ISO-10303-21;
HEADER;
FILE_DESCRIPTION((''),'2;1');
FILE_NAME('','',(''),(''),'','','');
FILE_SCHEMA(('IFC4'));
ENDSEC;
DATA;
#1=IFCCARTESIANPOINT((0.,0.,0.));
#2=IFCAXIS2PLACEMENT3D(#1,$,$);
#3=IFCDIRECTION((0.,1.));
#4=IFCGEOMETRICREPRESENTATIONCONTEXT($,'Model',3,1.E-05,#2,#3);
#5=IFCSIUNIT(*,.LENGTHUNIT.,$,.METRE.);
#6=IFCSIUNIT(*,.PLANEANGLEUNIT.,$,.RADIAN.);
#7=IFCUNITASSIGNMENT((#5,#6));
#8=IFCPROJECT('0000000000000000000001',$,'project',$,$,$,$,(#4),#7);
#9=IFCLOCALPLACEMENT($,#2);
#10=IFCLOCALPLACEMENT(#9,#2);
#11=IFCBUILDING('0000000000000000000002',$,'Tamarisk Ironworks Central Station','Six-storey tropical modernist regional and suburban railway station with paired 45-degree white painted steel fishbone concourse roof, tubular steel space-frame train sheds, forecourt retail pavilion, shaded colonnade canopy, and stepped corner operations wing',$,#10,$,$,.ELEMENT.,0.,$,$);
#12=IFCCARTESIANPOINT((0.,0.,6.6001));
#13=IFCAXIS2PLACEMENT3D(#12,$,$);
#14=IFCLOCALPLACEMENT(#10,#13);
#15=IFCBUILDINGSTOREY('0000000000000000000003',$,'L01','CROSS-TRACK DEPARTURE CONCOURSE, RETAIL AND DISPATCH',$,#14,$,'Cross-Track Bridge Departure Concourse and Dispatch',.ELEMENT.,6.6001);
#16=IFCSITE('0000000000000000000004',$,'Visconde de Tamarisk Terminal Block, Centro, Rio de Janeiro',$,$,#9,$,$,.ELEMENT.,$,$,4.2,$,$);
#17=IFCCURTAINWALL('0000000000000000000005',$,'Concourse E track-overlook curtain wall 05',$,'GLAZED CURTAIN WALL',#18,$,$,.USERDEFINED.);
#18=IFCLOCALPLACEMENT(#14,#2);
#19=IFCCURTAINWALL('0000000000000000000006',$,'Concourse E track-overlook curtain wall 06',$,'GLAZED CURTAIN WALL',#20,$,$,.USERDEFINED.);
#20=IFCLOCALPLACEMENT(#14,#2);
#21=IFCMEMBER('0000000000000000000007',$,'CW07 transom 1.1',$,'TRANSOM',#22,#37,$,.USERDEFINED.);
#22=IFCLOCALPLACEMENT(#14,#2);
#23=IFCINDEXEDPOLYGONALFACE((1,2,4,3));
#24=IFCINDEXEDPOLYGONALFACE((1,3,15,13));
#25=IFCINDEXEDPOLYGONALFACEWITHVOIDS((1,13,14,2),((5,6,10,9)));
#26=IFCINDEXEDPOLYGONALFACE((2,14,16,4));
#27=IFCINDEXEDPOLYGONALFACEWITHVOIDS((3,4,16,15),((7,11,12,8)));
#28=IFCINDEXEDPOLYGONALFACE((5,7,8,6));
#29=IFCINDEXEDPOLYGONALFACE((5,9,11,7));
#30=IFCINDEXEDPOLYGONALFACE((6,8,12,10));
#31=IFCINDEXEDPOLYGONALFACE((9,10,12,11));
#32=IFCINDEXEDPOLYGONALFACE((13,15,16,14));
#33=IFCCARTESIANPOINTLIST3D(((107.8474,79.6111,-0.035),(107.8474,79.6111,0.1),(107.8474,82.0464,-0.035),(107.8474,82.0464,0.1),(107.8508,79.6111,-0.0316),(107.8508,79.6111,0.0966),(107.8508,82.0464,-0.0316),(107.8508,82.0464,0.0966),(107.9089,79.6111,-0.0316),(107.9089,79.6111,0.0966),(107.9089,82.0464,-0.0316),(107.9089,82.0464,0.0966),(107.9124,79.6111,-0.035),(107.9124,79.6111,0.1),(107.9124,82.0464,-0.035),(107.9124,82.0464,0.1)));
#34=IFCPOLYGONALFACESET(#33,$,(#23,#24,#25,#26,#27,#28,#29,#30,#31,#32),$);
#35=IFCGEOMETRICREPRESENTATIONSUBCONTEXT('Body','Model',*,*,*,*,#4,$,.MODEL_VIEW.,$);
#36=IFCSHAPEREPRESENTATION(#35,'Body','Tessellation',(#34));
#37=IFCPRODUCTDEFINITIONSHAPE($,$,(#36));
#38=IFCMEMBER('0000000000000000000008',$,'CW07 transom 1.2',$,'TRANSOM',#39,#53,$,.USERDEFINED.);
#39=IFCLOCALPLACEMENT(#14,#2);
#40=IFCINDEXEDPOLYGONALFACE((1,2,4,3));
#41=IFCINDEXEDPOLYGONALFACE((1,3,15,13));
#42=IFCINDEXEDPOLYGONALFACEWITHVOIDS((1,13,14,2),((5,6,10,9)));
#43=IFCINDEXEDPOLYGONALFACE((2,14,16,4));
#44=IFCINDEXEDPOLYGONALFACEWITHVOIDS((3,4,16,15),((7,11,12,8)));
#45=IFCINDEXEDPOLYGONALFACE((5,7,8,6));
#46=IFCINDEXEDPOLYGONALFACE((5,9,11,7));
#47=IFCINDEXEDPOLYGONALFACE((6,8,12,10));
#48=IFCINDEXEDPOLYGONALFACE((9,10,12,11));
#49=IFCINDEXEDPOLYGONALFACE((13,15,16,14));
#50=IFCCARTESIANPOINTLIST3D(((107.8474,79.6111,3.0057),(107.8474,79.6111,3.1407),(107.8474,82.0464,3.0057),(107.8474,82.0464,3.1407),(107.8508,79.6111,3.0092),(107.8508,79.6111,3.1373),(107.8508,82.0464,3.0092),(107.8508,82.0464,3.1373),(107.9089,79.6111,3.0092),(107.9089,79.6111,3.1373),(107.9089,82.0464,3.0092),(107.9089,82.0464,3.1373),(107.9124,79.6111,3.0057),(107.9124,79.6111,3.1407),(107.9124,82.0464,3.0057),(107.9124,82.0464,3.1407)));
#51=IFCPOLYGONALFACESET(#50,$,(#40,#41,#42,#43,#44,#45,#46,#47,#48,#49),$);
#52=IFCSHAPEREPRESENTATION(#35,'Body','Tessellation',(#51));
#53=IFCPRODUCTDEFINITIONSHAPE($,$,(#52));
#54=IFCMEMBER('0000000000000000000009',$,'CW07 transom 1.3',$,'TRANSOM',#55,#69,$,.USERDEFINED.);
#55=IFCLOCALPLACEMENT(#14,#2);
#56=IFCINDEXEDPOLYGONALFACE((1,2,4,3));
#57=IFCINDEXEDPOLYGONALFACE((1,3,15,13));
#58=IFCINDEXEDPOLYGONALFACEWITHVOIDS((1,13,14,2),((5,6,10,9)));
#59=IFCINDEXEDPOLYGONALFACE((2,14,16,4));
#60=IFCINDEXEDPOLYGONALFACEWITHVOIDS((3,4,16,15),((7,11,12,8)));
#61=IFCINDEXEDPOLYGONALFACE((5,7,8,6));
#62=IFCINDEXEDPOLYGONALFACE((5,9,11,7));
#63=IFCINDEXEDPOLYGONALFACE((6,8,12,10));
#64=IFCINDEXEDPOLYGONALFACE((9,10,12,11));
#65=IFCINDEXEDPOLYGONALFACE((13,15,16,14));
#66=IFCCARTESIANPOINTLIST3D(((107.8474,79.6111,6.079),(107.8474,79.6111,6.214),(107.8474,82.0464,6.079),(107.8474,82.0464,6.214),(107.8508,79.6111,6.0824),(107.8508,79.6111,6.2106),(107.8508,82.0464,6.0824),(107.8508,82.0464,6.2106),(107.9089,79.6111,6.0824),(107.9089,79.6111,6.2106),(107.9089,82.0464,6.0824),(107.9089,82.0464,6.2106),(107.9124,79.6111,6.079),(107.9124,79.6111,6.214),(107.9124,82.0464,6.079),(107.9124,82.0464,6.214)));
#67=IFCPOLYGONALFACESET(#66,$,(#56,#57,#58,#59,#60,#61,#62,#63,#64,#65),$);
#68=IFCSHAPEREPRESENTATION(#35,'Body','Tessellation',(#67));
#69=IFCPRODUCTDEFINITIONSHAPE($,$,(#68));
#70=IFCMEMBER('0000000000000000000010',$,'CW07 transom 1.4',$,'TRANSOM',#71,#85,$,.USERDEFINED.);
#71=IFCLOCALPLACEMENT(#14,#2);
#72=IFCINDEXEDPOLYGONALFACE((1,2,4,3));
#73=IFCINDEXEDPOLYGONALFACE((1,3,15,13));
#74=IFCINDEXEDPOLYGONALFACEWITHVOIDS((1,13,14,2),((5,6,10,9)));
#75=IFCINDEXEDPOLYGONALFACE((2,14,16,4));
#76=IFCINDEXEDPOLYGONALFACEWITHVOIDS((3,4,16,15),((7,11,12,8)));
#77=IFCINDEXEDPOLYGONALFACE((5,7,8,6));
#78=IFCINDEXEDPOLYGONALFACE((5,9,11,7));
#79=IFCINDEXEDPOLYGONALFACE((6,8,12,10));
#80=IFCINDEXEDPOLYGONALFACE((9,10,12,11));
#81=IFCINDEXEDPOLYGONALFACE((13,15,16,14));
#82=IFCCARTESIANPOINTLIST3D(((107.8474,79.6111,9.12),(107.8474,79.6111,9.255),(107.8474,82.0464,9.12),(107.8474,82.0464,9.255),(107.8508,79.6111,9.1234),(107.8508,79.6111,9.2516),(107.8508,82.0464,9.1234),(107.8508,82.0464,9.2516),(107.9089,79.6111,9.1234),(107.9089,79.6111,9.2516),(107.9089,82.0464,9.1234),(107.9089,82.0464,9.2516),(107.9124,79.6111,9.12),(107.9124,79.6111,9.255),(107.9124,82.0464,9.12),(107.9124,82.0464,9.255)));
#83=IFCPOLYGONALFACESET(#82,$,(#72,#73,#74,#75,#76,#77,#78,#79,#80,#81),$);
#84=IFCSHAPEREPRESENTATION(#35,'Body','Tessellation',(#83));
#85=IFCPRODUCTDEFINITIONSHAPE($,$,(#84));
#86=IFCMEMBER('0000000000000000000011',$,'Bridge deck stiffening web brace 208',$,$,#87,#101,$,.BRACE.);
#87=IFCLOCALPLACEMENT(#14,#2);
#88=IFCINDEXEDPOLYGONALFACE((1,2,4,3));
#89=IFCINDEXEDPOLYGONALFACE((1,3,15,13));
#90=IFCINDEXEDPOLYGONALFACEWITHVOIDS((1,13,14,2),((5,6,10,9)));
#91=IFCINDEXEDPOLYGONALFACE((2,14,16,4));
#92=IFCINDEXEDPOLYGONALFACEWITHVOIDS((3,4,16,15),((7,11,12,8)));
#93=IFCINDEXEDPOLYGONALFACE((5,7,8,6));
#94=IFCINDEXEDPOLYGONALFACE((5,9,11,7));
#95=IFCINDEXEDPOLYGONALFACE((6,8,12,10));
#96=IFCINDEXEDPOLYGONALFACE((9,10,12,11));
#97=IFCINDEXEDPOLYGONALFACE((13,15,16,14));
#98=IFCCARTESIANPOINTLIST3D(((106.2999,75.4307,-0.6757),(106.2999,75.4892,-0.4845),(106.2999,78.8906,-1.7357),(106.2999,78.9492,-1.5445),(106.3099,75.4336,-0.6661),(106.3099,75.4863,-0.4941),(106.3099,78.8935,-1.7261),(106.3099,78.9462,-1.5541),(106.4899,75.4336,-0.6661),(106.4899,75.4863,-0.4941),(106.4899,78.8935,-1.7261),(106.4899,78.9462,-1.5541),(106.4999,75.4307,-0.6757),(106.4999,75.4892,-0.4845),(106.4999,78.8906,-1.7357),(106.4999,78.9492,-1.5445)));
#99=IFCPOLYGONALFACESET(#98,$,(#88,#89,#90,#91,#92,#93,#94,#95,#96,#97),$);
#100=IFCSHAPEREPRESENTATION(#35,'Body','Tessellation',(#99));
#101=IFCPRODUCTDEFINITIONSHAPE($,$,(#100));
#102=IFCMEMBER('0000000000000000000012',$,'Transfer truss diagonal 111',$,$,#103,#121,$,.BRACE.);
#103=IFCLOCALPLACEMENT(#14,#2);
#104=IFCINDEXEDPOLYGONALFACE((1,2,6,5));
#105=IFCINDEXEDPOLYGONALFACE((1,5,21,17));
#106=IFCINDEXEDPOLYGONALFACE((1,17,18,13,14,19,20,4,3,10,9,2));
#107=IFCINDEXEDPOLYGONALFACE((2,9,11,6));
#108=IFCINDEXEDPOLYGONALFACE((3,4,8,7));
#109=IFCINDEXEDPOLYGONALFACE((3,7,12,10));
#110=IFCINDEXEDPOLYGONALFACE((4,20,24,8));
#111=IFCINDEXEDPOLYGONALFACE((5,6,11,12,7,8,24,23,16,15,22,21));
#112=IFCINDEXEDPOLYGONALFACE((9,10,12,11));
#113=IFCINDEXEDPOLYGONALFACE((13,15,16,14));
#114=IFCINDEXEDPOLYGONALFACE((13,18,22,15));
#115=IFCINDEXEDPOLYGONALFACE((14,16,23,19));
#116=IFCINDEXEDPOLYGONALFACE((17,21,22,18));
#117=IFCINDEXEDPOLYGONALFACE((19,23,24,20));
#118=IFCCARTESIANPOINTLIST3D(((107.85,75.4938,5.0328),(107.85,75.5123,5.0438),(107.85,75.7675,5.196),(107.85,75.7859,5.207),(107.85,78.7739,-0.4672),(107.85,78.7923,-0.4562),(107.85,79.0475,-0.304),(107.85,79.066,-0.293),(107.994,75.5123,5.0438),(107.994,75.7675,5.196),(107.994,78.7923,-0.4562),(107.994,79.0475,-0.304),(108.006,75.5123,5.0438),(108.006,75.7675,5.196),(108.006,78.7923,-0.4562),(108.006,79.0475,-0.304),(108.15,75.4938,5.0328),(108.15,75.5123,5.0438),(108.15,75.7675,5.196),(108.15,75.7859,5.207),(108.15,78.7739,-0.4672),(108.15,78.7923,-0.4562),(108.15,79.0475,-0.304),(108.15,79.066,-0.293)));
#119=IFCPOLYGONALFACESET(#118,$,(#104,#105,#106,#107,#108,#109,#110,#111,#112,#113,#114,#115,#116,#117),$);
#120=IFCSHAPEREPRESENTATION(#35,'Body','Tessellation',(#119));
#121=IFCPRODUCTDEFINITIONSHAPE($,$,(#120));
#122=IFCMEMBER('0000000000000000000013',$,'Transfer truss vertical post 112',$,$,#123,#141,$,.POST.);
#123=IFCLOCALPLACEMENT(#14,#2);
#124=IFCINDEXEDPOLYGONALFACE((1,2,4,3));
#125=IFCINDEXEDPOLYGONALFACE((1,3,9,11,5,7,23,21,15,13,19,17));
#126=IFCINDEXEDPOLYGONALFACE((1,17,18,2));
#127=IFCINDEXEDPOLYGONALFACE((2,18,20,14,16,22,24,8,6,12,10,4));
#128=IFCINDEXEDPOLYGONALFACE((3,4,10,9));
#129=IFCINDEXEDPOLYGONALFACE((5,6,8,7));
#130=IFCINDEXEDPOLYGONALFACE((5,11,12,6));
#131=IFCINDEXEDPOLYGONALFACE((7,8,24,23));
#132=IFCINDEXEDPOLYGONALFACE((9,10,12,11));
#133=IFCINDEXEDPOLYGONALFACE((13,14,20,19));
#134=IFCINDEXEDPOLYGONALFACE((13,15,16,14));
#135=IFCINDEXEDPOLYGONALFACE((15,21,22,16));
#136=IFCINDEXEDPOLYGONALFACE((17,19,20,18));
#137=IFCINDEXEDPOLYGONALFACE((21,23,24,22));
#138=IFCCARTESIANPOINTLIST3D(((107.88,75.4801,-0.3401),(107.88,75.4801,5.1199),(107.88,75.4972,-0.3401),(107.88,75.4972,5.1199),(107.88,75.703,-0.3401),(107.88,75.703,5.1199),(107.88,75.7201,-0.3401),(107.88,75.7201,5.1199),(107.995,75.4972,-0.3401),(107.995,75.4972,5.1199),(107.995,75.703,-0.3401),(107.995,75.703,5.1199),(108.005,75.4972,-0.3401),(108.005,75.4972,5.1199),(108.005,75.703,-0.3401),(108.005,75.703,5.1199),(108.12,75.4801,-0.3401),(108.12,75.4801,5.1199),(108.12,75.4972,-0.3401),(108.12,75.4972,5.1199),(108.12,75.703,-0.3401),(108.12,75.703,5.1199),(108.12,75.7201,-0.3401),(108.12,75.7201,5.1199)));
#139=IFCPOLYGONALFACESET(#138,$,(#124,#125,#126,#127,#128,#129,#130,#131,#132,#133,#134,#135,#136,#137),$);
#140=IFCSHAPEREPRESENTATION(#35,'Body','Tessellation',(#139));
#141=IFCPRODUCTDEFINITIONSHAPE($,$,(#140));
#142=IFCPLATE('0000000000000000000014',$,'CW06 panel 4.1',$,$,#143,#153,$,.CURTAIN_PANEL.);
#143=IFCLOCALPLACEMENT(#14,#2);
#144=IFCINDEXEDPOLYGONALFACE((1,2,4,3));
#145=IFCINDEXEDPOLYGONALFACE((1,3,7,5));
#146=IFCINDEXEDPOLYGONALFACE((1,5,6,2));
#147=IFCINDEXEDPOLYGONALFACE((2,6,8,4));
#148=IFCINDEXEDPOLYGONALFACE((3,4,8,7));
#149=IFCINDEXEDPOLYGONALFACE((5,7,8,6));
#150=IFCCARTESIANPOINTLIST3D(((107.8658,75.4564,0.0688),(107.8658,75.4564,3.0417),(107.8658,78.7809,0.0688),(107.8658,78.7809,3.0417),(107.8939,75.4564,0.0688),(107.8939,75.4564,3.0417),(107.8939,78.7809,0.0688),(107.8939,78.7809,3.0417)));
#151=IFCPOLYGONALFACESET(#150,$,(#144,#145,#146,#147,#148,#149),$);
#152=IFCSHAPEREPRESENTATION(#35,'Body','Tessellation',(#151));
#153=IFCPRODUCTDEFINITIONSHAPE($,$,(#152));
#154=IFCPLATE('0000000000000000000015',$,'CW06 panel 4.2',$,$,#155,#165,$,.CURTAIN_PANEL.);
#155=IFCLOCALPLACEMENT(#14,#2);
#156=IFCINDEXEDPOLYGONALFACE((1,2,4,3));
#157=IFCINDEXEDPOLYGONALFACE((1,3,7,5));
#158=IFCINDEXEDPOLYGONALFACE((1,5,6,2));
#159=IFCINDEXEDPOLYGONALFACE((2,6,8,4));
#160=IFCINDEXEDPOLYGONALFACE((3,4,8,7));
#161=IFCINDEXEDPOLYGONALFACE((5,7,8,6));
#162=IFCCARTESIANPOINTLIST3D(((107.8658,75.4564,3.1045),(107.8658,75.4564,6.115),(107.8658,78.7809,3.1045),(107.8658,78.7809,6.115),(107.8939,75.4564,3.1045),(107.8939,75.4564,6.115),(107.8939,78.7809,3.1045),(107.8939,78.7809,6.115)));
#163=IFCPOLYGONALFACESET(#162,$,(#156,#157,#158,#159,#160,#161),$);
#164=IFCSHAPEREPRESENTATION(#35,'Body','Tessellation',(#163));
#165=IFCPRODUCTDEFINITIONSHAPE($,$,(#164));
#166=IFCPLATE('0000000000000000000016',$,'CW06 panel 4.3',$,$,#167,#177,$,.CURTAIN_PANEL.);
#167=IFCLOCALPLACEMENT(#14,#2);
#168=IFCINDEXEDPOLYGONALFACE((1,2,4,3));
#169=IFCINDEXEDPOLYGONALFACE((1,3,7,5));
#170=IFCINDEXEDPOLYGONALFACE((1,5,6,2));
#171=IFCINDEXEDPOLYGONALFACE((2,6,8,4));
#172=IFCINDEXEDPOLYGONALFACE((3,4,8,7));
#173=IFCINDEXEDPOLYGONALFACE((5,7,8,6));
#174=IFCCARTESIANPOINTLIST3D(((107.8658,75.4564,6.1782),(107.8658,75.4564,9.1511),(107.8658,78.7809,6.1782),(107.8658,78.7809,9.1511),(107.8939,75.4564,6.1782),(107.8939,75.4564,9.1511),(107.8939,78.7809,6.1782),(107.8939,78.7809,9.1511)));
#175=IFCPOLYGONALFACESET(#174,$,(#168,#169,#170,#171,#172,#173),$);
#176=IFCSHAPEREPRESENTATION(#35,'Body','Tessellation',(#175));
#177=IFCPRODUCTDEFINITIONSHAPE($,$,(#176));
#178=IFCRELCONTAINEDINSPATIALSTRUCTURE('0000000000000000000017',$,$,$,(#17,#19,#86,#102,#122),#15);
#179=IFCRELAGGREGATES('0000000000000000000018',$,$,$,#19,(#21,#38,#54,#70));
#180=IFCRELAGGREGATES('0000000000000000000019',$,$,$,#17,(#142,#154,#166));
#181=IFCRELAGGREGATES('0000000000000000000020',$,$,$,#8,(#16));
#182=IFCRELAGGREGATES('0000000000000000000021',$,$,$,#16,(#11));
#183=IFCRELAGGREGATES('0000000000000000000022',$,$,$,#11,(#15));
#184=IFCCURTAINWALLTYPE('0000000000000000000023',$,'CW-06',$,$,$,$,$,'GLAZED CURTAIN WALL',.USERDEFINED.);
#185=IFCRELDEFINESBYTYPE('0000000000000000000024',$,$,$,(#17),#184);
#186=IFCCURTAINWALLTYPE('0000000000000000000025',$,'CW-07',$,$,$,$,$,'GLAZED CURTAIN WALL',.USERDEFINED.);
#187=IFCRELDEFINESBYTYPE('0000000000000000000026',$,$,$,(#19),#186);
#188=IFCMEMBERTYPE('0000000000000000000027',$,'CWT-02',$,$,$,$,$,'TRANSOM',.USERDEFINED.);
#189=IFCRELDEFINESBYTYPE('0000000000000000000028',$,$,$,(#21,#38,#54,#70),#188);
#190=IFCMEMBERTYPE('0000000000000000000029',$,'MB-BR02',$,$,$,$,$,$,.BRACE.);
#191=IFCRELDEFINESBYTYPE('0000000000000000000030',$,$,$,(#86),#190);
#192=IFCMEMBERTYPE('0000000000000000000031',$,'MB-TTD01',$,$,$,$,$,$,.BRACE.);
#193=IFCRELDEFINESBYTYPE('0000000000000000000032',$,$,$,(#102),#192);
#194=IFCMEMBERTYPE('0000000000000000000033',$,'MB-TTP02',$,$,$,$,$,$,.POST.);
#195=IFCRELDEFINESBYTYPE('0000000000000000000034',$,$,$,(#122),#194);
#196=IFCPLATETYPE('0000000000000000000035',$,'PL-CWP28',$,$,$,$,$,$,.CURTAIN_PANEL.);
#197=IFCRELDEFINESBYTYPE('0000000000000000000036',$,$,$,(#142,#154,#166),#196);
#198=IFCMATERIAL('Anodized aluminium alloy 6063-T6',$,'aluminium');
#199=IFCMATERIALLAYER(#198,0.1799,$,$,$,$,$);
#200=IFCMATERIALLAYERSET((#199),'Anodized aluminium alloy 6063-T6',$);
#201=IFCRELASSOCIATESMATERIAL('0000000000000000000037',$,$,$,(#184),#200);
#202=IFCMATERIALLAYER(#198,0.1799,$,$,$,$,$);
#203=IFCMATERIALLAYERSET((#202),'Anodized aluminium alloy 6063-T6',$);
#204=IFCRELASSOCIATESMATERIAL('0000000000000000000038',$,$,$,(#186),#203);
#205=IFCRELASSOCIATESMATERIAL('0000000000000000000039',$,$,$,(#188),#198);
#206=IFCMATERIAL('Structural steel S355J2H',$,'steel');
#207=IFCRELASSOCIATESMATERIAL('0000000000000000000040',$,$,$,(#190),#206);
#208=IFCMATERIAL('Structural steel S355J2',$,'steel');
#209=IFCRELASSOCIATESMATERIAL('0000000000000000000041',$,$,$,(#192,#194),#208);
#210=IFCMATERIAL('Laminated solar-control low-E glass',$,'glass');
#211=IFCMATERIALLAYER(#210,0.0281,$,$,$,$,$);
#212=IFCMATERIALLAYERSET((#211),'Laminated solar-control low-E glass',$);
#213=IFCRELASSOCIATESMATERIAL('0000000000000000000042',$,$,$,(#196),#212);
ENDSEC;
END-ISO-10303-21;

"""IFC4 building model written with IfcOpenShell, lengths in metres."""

from ifc_helpers import new_model, si_unit, direction, frame, origin, origin_2d, place, context, subcontext, project, spatial, rectangle, hollow_rectangle, i_section, extrude, material, layer, layer_set, material_profile, profile_set, type_object, element, aggregate, save


model = new_model("IFC4")

# Units and contexts
model_context = context("Model", 3, precision=1e-05, world=origin(), true_north=direction((0.0, 1.0)))
body_context = subcontext(model_context, "Body", "Model", "MODEL_VIEW")
ifc_project = project(units=[si_unit("LENGTHUNIT", "METRE"), si_unit("PLANEANGLEUNIT", "RADIAN")], contexts=[model_context])

# Site, building, storey
site_placement = place(None, origin())
site = spatial("IfcSite", under=ifc_project, at=site_placement, Name="Visconde de Tamarisk Terminal Block, Centro, Rio de Janeiro", CompositionType="ELEMENT", RefElevation=4.2)
building_placement = place(site_placement, origin())
building = spatial("IfcBuilding", under=site, at=building_placement, Name="Tamarisk Ironworks Central Station", Description="Six-storey tropical modernist regional and suburban railway station with paired 45-degree white painted steel fishbone concourse roof, tubular steel space-frame train sheds, forecourt retail pavilion, shaded colonnade canopy, and stepped corner operations wing", CompositionType="ELEMENT", ElevationOfRefHeight=0.0)
storey_placement = place(building_placement, frame((0.0, 0.0, 6.6001)))
storey = spatial("IfcBuildingStorey", under=building, at=storey_placement, Name="L01", Description="CROSS-TRACK DEPARTURE CONCOURSE, RETAIL AND DISPATCH", LongName="Cross-Track Bridge Departure Concourse and Dispatch", CompositionType="ELEMENT", Elevation=6.6001)

# Shared definitions
ifc_material_1 = material(Name="Structural steel S355J2", Category="steel")

# Curtain wall
ifc_material_2 = material(Name="Anodized aluminium alloy 6063-T6", Category="aluminium")
ifc_layer_1 = layer(ifc_material_2, 0.1799)
ifc_layer_set_1 = layer_set([ifc_layer_1], Name="Anodized aluminium alloy 6063-T6")
curtain_wall_type_1 = type_object("IfcCurtainWallType", Name="CW-06", ElementType="GLAZED CURTAIN WALL", PredefinedType="USERDEFINED", material=ifc_layer_set_1)
curtain_wall_1_placement = place(storey_placement, origin())
curtain_wall_1 = element("IfcCurtainWall", 1, at=curtain_wall_1_placement, inside=storey, type_object=curtain_wall_type_1, Name="Concourse E track-overlook curtain wall 05", ObjectType="GLAZED CURTAIN WALL", PredefinedType="USERDEFINED")

# Curtain wall
ifc_layer_2 = layer(ifc_material_2, 0.1799)
ifc_layer_set_2 = layer_set([ifc_layer_2], Name="Anodized aluminium alloy 6063-T6")
curtain_wall_type_2 = type_object("IfcCurtainWallType", Name="CW-07", ElementType="GLAZED CURTAIN WALL", PredefinedType="USERDEFINED", material=ifc_layer_set_2)
curtain_wall_2_placement = place(storey_placement, origin())
curtain_wall_2 = element("IfcCurtainWall", 2, at=curtain_wall_2_placement, inside=storey, type_object=curtain_wall_type_2, Name="Concourse E track-overlook curtain wall 06", ObjectType="GLAZED CURTAIN WALL", PredefinedType="USERDEFINED")

# Members
ifc_material_profile_1 = material_profile(ifc_material_2, hollow_rectangle(XDim=0.0649, YDim=0.135, WallThickness=0.0034, at=origin_2d()), Name="ALUM 135x65")
ifc_profile_set_1 = profile_set([ifc_material_profile_1], Name="Anodized aluminium alloy 6063-T6")
member_type_1 = type_object("IfcMemberType", Name="CWT-02", ElementType="TRANSOM", PredefinedType="USERDEFINED", material=ifc_profile_set_1)
member_1_placement = place(storey_placement, frame((107.8799, 79.6111, 0.0325), z_axis=(0.0, 1.0, 0.0), x_axis=(-1.0, 0.0, 0.0)))
member_1 = element("IfcMember", 3, at=member_1_placement, type_object=member_type_1, Name="CW07 transom 1.1", ObjectType="TRANSOM", PredefinedType="USERDEFINED", context=body_context, shape_type="SweptSolid", body=[
    extrude(hollow_rectangle(XDim=0.0649, YDim=0.135, WallThickness=0.0034, at=origin_2d()), origin(), (0.0, 0.0, 1.0), 2.4353),
])
member_2_placement = place(storey_placement, frame((107.8799, 79.6111, 3.0732), z_axis=(0.0, 1.0, 0.0), x_axis=(-1.0, 0.0, 0.0)))
member_2 = element("IfcMember", 4, at=member_2_placement, type_object=member_type_1, Name="CW07 transom 1.2", ObjectType="TRANSOM", PredefinedType="USERDEFINED", context=body_context, shape_type="SweptSolid", body=[
    extrude(hollow_rectangle(XDim=0.0649, YDim=0.135, WallThickness=0.0034, at=origin_2d()), origin(), (0.0, 0.0, 1.0), 2.4353),
])
member_3_placement = place(storey_placement, frame((107.8799, 79.6111, 6.1465), z_axis=(0.0, 1.0, 0.0), x_axis=(-1.0, 0.0, 0.0)))
member_3 = element("IfcMember", 5, at=member_3_placement, type_object=member_type_1, Name="CW07 transom 1.3", ObjectType="TRANSOM", PredefinedType="USERDEFINED", context=body_context, shape_type="SweptSolid", body=[
    extrude(hollow_rectangle(XDim=0.0649, YDim=0.135, WallThickness=0.0034, at=origin_2d()), origin(), (0.0, 0.0, 1.0), 2.4353),
])
member_4_placement = place(storey_placement, frame((107.8799, 79.6111, 9.1875), z_axis=(0.0, 1.0, 0.0), x_axis=(-1.0, 0.0, 0.0)))
member_4 = element("IfcMember", 6, at=member_4_placement, type_object=member_type_1, Name="CW07 transom 1.4", ObjectType="TRANSOM", PredefinedType="USERDEFINED", context=body_context, shape_type="SweptSolid", body=[
    extrude(hollow_rectangle(XDim=0.0649, YDim=0.135, WallThickness=0.0034, at=origin_2d()), origin(), (0.0, 0.0, 1.0), 2.4353),
])
aggregate(curtain_wall_2, [member_1, member_2, member_3, member_4])

# Members
ifc_material_3 = material(Name="Structural steel S355J2H", Category="steel")
ifc_material_profile_2 = material_profile(ifc_material_3, hollow_rectangle(XDim=0.2, YDim=0.2, WallThickness=0.01, at=origin_2d()), Name="SHS 200x200x10")
ifc_profile_set_2 = profile_set([ifc_material_profile_2], Name="Structural steel S355J2H")
member_type_2 = type_object("IfcMemberType", Name="MB-BR02", PredefinedType="BRACE", material=ifc_profile_set_2)
member_5_placement = place(storey_placement, frame((106.3999, 75.46, -0.5801), z_axis=(0.0, 0.956131, -0.292938), x_axis=(-1.0, 0.0, 0.0)))
element("IfcMember", 7, at=member_5_placement, inside=storey, type_object=member_type_2, Name="Bridge deck stiffening web brace 208", PredefinedType="BRACE", context=body_context, shape_type="SweptSolid", body=[
    extrude(hollow_rectangle(XDim=0.2, YDim=0.2, WallThickness=0.01, at=origin_2d()), origin(), (0.0, 0.0, 1.0), 3.6187),
])
ifc_material_profile_3 = material_profile(ifc_material_1, i_section(OverallWidth=0.3, OverallDepth=0.3401, WebThickness=0.012, FlangeThickness=0.0215, at=origin_2d()), Name="HEB 340")
ifc_profile_set_3 = profile_set([ifc_material_profile_3], Name="Structural steel S355J2")
member_type_3 = type_object("IfcMemberType", Name="MB-TTD01", PredefinedType="BRACE", material=ifc_profile_set_3)
member_6_placement = place(storey_placement, frame((108.0, 75.6399, 5.1199), z_axis=(0.0, 0.512201, -0.858866), x_axis=(-1.0, 0.0, 0.0)))
element("IfcMember", 8, at=member_6_placement, inside=storey, type_object=member_type_3, Name="Transfer truss diagonal 111", PredefinedType="BRACE", context=body_context, shape_type="SweptSolid", body=[
    extrude(i_section(OverallWidth=0.3, OverallDepth=0.3401, WebThickness=0.012, FlangeThickness=0.0215, at=origin_2d()), origin(), (0.0, 0.0, 1.0), 6.4038),
])
ifc_material_profile_4 = material_profile(ifc_material_1, i_section(OverallWidth=0.24, OverallDepth=0.24, WebThickness=0.01, FlangeThickness=0.0171, at=origin_2d()), Name="HEB 240")
ifc_profile_set_4 = profile_set([ifc_material_profile_4], Name="Structural steel S355J2")
member_type_4 = type_object("IfcMemberType", Name="MB-TTP02", PredefinedType="POST", material=ifc_profile_set_4)
member_7_placement = place(storey_placement, frame((108.0, 75.6001, -0.3401), z_axis=(0.0, 0.0, 1.0), x_axis=(1.0, 0.0, 0.0)))
element("IfcMember", 9, at=member_7_placement, inside=storey, type_object=member_type_4, Name="Transfer truss vertical post 112", PredefinedType="POST", context=body_context, shape_type="SweptSolid", body=[
    extrude(i_section(OverallWidth=0.24, OverallDepth=0.24, WebThickness=0.01, FlangeThickness=0.0171, at=origin_2d()), origin(), (0.0, 0.0, 1.0), 5.46),
])

# Plates
ifc_material_4 = material(Name="Laminated solar-control low-E glass", Category="glass")
ifc_layer_3 = layer(ifc_material_4, 0.0281)
ifc_layer_set_3 = layer_set([ifc_layer_3], Name="Laminated solar-control low-E glass")
plate_type_1 = type_object("IfcPlateType", Name="PL-CWP28", PredefinedType="CURTAIN_PANEL", material=ifc_layer_set_3)
plate_1_placement = place(storey_placement, frame((107.8799, 77.1187, 0.0688), z_axis=(0.0, 0.0, 1.0), x_axis=(0.0, 1.0, 0.0)))
plate_1 = element("IfcPlate", 10, at=plate_1_placement, type_object=plate_type_1, Name="CW06 panel 4.1", PredefinedType="CURTAIN_PANEL", context=body_context, shape_type="SweptSolid", body=[
    extrude(rectangle(XDim=3.3245, YDim=0.0281, at=origin_2d()), origin(), (0.0, 0.0, 1.0), 2.9729),
])
plate_2_placement = place(storey_placement, frame((107.8799, 77.1187, 3.1045), z_axis=(0.0, 0.0, 1.0), x_axis=(0.0, 1.0, 0.0)))
plate_2 = element("IfcPlate", 11, at=plate_2_placement, type_object=plate_type_1, Name="CW06 panel 4.2", PredefinedType="CURTAIN_PANEL", context=body_context, shape_type="SweptSolid", body=[
    extrude(rectangle(XDim=3.3245, YDim=0.0281, at=origin_2d()), origin(), (0.0, 0.0, 1.0), 3.0105),
])
plate_3_placement = place(storey_placement, frame((107.8799, 77.1187, 6.1782), z_axis=(0.0, 0.0, 1.0), x_axis=(0.0, 1.0, 0.0)))
plate_3 = element("IfcPlate", 12, at=plate_3_placement, type_object=plate_type_1, Name="CW06 panel 4.3", PredefinedType="CURTAIN_PANEL", context=body_context, shape_type="SweptSolid", body=[
    extrude(rectangle(XDim=3.3245, YDim=0.0281, at=origin_2d()), origin(), (0.0, 0.0, 1.0), 2.9729),
])
aggregate(curtain_wall_1, [plate_1, plate_2, plate_3])

save(model, "model.ifc")
